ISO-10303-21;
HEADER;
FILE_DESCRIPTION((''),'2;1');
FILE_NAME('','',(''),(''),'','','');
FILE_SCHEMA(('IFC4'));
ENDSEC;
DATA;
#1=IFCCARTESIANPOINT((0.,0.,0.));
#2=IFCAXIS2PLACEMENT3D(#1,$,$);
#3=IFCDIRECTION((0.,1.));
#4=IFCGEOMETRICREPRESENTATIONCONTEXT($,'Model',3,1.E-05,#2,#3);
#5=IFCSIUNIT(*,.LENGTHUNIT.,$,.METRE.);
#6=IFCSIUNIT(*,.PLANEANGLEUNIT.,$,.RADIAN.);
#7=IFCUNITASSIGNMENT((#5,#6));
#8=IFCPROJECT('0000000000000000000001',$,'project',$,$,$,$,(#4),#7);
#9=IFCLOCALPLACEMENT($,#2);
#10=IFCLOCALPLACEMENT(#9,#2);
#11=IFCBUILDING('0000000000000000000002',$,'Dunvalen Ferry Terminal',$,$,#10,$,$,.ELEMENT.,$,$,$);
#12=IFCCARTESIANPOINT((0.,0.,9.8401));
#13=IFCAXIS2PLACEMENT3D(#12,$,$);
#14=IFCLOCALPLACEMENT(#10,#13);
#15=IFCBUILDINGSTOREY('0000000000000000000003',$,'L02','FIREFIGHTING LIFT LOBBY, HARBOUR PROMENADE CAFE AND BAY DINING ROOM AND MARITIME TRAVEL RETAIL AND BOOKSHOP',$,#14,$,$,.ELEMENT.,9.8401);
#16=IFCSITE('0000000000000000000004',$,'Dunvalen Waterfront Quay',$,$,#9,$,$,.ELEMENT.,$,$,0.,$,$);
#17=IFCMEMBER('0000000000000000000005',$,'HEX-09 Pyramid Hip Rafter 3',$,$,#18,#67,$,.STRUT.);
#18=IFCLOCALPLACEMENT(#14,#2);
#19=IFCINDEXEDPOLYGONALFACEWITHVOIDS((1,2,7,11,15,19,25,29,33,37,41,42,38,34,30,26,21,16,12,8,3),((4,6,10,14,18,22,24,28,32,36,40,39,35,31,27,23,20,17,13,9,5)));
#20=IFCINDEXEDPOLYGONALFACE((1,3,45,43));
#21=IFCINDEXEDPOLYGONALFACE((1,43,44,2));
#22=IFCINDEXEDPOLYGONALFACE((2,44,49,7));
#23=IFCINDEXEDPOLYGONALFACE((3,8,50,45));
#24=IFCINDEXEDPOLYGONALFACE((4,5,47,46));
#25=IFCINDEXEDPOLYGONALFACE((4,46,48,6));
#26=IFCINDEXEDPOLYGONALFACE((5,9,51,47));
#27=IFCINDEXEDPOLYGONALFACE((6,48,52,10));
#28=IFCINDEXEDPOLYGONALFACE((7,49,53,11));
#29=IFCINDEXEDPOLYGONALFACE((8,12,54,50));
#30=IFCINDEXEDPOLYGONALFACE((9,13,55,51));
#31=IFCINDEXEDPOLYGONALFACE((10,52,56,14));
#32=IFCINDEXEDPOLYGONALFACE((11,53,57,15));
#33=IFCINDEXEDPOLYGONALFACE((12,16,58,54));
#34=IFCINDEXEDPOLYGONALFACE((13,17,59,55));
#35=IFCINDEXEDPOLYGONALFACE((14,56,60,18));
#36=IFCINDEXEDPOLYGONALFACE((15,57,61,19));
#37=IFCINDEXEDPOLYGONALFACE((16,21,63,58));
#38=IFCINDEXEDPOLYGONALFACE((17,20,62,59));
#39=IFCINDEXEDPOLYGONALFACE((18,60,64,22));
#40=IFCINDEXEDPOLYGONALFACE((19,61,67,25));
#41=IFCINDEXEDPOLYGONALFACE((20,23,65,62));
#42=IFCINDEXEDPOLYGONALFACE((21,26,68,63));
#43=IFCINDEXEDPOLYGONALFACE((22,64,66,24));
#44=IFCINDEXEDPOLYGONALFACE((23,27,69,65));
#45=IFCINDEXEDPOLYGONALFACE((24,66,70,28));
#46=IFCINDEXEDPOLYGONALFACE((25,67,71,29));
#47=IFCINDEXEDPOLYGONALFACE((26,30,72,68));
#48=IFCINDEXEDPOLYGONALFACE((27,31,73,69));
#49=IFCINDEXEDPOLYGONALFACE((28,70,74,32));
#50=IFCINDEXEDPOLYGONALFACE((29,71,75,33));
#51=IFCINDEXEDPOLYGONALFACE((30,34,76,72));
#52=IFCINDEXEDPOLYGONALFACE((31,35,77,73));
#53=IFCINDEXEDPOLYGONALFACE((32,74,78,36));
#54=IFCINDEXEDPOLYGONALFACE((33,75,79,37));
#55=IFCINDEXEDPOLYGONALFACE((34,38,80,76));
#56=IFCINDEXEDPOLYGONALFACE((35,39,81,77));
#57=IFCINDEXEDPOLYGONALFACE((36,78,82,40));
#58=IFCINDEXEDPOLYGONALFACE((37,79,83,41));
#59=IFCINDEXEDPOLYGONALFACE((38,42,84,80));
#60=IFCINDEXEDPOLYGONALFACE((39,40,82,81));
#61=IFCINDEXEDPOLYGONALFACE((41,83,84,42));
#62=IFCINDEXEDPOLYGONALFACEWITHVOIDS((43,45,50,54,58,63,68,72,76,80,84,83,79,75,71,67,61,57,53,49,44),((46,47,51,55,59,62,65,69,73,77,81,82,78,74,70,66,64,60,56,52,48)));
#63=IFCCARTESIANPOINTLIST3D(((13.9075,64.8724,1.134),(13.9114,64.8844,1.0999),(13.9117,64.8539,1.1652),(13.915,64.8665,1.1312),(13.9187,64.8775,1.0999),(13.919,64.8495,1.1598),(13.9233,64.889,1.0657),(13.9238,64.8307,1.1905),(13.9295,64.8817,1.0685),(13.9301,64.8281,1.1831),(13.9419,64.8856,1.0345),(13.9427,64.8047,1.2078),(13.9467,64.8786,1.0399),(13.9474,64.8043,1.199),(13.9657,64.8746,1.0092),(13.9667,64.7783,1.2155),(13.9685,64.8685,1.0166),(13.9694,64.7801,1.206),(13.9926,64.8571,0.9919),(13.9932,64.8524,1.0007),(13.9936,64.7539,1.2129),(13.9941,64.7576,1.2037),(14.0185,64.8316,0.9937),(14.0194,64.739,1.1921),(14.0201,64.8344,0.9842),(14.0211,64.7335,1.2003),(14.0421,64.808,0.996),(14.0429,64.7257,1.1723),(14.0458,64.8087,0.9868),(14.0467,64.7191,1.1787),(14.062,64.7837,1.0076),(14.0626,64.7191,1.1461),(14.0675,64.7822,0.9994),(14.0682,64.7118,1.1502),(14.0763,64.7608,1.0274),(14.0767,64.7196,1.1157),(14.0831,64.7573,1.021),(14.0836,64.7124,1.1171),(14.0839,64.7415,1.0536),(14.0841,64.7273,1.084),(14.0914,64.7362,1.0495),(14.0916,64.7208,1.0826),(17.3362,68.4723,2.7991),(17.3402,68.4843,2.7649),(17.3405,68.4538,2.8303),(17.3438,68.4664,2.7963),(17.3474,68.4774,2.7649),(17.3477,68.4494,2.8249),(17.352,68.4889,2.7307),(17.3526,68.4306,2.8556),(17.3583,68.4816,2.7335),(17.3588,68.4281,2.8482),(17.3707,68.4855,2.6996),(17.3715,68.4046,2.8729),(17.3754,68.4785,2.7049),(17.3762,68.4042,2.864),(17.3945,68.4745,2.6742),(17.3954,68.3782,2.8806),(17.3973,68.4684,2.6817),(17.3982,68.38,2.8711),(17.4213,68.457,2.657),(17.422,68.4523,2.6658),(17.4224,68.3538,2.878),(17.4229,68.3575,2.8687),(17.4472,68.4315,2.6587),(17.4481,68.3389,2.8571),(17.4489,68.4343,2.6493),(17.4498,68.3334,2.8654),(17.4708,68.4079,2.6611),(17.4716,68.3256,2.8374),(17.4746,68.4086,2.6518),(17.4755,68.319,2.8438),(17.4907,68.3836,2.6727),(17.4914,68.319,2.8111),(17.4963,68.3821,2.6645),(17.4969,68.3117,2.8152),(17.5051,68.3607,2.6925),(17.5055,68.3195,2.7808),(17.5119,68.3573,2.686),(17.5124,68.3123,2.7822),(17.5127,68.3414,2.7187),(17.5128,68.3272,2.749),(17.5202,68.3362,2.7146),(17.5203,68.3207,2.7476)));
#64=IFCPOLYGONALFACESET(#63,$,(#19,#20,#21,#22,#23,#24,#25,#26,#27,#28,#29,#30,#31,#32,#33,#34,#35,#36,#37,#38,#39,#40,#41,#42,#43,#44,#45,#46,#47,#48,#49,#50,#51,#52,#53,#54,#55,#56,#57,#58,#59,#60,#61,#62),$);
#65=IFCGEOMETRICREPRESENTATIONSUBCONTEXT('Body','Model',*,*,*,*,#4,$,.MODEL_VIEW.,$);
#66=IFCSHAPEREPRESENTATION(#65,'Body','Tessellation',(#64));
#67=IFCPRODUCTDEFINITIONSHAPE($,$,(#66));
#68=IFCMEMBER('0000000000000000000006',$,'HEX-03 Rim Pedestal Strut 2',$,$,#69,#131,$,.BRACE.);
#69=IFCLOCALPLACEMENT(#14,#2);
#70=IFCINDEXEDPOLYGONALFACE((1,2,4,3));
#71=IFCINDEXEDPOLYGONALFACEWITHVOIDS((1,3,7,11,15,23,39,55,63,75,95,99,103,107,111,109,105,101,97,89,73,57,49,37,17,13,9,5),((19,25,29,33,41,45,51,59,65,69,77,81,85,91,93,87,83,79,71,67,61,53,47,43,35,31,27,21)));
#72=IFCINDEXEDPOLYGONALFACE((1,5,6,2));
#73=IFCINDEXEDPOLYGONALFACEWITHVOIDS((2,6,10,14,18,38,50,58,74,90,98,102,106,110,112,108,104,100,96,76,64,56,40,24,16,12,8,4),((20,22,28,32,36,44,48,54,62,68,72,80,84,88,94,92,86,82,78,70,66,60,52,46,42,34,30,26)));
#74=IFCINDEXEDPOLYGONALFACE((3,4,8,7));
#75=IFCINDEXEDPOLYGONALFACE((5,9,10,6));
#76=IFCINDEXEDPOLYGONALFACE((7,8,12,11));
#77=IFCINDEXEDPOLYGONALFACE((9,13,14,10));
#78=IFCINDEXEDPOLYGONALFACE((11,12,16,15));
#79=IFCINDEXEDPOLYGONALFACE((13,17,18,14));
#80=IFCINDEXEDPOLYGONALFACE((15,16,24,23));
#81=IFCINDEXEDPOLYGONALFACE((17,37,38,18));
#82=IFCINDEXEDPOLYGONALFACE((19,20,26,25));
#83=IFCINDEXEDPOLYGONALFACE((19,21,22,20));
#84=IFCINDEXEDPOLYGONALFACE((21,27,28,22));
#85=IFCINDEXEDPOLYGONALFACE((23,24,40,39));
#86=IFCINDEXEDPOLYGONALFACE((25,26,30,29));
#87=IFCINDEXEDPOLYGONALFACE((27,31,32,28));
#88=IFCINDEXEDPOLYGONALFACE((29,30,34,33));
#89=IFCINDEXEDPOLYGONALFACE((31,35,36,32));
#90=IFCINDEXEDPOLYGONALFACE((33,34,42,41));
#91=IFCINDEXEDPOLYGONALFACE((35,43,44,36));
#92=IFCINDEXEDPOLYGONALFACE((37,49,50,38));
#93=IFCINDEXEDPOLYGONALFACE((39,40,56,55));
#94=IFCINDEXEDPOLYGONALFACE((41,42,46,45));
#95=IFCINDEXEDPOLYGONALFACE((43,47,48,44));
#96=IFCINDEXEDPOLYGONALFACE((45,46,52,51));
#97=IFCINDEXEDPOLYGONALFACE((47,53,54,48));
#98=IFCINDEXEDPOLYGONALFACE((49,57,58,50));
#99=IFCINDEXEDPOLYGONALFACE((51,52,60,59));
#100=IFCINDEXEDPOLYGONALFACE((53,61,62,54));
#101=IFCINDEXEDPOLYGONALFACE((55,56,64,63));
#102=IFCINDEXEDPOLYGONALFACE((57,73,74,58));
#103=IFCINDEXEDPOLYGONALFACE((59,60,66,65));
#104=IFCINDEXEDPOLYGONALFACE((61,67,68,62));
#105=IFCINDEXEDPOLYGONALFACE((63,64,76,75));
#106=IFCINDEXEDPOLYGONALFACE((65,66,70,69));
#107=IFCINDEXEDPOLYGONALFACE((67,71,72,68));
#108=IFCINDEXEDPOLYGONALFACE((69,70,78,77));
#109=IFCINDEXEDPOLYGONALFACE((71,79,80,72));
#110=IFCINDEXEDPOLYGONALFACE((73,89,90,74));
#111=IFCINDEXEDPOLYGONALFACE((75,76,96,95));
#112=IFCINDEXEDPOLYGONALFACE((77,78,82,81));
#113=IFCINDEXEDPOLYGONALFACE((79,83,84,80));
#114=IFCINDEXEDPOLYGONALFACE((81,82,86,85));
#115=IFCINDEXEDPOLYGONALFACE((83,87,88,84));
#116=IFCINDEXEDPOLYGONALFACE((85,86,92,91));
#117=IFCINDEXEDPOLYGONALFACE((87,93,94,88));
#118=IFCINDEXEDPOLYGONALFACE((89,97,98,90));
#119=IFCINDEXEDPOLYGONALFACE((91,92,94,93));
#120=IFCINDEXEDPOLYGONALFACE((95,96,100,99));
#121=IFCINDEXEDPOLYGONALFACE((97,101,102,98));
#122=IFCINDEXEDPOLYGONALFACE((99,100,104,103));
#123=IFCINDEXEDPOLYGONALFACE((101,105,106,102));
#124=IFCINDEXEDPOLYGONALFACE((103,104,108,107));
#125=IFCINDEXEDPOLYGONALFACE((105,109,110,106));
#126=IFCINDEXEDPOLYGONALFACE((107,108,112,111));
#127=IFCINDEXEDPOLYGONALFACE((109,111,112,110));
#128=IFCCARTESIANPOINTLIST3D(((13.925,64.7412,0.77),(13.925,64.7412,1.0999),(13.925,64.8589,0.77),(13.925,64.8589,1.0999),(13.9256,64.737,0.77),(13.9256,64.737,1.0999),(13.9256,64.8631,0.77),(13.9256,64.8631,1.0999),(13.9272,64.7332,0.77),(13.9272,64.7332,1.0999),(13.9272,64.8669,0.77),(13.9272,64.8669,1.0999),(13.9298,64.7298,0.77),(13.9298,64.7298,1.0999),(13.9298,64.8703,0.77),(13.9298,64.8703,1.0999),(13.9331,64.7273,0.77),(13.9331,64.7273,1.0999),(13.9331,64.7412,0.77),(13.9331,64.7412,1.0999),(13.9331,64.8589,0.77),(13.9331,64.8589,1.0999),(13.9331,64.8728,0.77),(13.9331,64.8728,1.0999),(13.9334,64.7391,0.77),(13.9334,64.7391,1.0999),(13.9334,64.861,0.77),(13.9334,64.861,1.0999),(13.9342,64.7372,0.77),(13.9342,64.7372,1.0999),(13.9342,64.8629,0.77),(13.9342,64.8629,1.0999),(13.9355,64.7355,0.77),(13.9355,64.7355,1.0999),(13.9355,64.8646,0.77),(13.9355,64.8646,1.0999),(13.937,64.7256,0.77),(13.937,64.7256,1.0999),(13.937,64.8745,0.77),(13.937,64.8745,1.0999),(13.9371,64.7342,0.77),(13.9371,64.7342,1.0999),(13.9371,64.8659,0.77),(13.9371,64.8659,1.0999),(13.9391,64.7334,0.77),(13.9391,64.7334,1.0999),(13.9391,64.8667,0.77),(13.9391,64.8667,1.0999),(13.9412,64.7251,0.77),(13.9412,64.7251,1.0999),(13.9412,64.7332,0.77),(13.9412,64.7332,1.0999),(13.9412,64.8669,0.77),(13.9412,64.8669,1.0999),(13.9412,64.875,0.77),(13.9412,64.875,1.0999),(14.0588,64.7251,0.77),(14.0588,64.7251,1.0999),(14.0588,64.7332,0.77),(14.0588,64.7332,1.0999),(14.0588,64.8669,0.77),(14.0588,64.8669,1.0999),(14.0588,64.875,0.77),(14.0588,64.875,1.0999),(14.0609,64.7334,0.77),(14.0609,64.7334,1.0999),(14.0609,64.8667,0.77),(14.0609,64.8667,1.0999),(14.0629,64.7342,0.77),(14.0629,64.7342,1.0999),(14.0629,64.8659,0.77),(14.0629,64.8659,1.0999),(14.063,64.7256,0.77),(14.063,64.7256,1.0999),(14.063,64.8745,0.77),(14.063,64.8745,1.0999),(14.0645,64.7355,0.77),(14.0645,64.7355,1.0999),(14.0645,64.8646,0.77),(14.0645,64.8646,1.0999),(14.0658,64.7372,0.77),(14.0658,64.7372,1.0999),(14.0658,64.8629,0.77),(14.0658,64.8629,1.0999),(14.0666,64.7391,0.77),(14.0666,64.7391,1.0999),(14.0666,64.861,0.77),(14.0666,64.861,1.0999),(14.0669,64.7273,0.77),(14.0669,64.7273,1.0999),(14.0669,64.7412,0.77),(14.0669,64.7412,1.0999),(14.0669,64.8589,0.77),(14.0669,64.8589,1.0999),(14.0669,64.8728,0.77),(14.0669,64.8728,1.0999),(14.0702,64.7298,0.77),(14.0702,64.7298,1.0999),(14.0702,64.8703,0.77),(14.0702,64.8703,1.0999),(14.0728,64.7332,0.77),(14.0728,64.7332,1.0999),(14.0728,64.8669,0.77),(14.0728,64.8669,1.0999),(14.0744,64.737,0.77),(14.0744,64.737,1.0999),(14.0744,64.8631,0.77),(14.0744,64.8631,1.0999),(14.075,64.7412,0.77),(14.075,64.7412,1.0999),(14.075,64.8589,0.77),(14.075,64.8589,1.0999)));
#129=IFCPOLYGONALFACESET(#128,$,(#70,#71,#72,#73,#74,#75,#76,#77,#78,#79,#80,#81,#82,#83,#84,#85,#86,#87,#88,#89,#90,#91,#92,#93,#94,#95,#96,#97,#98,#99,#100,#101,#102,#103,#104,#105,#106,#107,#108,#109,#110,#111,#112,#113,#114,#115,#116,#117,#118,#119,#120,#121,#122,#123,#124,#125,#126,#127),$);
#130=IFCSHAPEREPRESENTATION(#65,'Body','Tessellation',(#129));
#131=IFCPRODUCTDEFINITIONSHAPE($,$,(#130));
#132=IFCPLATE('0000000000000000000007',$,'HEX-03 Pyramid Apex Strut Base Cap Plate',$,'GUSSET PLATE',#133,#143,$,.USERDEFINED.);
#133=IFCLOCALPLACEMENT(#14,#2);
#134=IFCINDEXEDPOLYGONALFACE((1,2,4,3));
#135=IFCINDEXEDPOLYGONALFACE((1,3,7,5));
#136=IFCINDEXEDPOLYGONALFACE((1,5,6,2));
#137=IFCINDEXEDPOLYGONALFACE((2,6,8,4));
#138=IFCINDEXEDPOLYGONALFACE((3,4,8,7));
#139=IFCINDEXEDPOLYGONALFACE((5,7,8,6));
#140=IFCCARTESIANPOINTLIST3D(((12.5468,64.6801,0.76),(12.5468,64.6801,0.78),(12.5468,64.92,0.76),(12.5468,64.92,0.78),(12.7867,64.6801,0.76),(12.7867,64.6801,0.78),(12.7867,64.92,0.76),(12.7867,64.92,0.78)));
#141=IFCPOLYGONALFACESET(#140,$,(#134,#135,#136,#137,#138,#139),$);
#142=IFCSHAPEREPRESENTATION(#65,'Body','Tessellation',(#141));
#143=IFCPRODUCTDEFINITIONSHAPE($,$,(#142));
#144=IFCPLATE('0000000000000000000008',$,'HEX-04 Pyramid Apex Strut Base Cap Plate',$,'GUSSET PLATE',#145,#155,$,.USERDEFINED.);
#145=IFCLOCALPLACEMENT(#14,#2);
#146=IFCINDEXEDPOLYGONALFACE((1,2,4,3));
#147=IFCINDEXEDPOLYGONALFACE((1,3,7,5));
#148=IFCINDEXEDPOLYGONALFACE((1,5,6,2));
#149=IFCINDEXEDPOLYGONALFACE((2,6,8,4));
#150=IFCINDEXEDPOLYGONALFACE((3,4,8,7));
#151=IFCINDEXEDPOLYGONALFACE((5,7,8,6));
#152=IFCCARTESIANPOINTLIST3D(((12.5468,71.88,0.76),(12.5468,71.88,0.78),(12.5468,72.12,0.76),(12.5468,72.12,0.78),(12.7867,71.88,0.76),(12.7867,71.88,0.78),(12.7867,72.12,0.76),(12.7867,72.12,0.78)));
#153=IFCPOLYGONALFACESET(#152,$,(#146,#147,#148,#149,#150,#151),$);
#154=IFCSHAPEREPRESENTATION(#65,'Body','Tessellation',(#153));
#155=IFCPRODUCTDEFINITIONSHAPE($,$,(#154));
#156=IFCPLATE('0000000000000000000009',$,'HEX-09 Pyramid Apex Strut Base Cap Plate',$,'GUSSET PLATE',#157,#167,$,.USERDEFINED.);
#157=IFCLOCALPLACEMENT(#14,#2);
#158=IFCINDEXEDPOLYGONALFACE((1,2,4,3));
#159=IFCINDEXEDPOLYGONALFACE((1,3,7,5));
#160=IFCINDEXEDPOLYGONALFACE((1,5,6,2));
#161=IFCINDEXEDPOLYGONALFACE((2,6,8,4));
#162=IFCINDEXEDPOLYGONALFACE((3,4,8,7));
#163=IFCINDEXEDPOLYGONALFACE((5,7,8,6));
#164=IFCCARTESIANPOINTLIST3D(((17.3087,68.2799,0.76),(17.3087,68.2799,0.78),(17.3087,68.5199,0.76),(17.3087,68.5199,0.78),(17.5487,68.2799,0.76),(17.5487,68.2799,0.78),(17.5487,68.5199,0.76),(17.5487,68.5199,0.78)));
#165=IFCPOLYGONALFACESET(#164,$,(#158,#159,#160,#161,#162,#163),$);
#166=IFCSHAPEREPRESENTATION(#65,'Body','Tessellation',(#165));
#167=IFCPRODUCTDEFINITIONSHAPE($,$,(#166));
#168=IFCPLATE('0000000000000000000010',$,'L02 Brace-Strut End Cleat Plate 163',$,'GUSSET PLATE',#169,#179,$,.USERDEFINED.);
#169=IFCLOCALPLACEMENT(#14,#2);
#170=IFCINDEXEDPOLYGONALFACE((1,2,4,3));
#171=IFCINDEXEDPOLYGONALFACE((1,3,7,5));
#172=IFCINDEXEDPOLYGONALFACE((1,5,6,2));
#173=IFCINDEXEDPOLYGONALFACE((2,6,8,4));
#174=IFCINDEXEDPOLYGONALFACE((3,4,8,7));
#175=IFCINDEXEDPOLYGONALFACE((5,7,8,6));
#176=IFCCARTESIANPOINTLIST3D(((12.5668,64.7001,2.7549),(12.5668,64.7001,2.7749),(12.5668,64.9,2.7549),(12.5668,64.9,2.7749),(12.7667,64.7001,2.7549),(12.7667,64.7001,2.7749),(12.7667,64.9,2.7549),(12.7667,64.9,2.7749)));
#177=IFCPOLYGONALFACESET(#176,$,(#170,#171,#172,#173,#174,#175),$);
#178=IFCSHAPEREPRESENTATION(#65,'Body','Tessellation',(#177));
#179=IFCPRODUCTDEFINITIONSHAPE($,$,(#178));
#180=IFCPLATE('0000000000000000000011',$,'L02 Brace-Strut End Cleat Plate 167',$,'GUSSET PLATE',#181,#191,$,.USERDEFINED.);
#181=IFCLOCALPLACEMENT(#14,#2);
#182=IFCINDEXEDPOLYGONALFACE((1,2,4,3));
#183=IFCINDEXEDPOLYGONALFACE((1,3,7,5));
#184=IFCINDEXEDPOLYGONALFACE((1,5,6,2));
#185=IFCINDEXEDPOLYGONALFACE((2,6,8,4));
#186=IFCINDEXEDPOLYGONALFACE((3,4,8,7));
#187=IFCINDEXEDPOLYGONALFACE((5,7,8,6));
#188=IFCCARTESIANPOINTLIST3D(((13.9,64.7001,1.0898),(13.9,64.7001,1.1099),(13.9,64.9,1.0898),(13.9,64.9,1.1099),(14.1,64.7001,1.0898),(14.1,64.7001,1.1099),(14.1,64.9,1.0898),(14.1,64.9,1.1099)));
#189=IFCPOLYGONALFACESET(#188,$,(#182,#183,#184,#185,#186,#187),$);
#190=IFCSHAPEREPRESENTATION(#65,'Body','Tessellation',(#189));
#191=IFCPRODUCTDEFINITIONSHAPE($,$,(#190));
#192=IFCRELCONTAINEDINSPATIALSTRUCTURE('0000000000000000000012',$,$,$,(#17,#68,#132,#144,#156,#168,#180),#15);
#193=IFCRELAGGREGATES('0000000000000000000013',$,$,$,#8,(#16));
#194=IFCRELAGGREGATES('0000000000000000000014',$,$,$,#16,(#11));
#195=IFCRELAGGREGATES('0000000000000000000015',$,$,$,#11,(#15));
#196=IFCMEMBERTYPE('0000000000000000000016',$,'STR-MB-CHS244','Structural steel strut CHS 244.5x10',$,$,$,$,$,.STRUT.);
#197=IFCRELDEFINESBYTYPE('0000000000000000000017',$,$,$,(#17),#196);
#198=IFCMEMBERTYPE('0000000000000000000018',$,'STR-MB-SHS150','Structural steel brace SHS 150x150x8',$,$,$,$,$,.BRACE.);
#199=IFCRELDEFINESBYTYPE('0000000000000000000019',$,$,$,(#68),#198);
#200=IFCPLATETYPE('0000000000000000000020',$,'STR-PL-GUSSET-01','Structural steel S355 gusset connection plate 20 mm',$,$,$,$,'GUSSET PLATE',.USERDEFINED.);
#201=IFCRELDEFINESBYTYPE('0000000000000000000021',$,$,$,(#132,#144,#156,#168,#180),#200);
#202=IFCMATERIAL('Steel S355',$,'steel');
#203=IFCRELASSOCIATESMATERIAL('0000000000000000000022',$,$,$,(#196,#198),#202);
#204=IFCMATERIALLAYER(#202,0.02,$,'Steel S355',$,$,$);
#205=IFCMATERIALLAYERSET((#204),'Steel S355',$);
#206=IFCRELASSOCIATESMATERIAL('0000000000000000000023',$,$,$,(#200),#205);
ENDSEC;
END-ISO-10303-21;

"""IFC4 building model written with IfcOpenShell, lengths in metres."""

from ifc_helpers import new_model, si_unit, direction, frame, origin, origin_2d, place, context, subcontext, project, spatial, rectangle, hollow_rectangle, hollow_circle, extrude, material, layer, layer_set, material_profile, profile_set, type_object, element, save


model = new_model("IFC4")

# Units and contexts
model_context = context("Model", 3, precision=1e-05, world=origin(), true_north=direction((0.0, 1.0)))
body_context = subcontext(model_context, "Body", "Model", "MODEL_VIEW")
ifc_project = project(units=[si_unit("LENGTHUNIT", "METRE"), si_unit("PLANEANGLEUNIT", "RADIAN")], contexts=[model_context])

# Site, building, storey
site_placement = place(None, origin())
site = spatial("IfcSite", under=ifc_project, at=site_placement, Name="Dunvalen Waterfront Quay", CompositionType="ELEMENT", RefElevation=0.0)
building_placement = place(site_placement, origin())
building = spatial("IfcBuilding", under=site, at=building_placement, Name="Dunvalen Ferry Terminal", CompositionType="ELEMENT")
storey_placement = place(building_placement, frame((0.0, 0.0, 9.8401)))
storey = spatial("IfcBuildingStorey", under=building, at=storey_placement, Name="L02", Description="FIREFIGHTING LIFT LOBBY, HARBOUR PROMENADE CAFE AND BAY DINING ROOM AND MARITIME TRAVEL RETAIL AND BOOKSHOP", CompositionType="ELEMENT", Elevation=9.8401)

# Shared definitions
ifc_material_1 = material(Name="Steel S355", Category="steel")

# Members
ifc_material_profile_1 = material_profile(ifc_material_1, hollow_circle(Radius=0.1223, WallThickness=0.01, at=origin_2d()), Name="Steel S355")
ifc_profile_set_1 = profile_set([ifc_material_profile_1], Name="Steel S355")
member_type_1 = type_object("IfcMemberType", Name="STR-MB-CHS244", Description="Structural steel strut CHS 244.5x10", PredefinedType="STRUT", material=ifc_profile_set_1)
for number, where, z_axis, x_axis, name in (
    (1, (14.0, 64.8, 1.0999), (0.65398, 0.686623, 0.317583), (-0.72411, 0.689685, 0.0), "HEX-09 Pyramid Hip Rafter 3"),
):
    element("IfcMember", number, at=place(storey_placement, frame(where, z_axis=z_axis, x_axis=x_axis)), inside=storey, type_object=member_type_1, Name=name, PredefinedType="STRUT", context=body_context, shape_type="SweptSolid", body=[
        extrude(hollow_circle(Radius=0.1223, WallThickness=0.01, at=origin_2d()), origin(), (0.0, 0.0, 1.0), 5.2429),
    ])
ifc_material_profile_2 = material_profile(ifc_material_1, hollow_rectangle(XDim=0.1499, YDim=0.1499, WallThickness=0.0081, InnerFilletRadius=0.0081, OuterFilletRadius=0.0161, at=origin_2d()), Name="Steel S355")
ifc_profile_set_2 = profile_set([ifc_material_profile_2], Name="Steel S355")
member_type_2 = type_object("IfcMemberType", Name="STR-MB-SHS150", Description="Structural steel brace SHS 150x150x8", PredefinedType="BRACE", material=ifc_profile_set_2)
member_1_placement = place(storey_placement, frame((14.0, 64.8, 0.77), z_axis=(0.0, 0.0, 1.0), x_axis=(1.0, 0.0, 0.0)))
element("IfcMember", 2, at=member_1_placement, inside=storey, type_object=member_type_2, Name="HEX-03 Rim Pedestal Strut 2", PredefinedType="BRACE", context=body_context, shape_type="SweptSolid", body=[
    extrude(hollow_rectangle(XDim=0.1499, YDim=0.1499, WallThickness=0.0081, InnerFilletRadius=0.0081, OuterFilletRadius=0.0161, at=origin_2d()), origin(), (0.0, 0.0, 1.0), 0.3298),
])

# Plates
ifc_layer_1 = layer(ifc_material_1, 0.02, Name="Steel S355")
ifc_layer_set_1 = layer_set([ifc_layer_1], Name="Steel S355")
plate_type_1 = type_object("IfcPlateType", Name="STR-PL-GUSSET-01", Description="Structural steel S355 gusset connection plate 20 mm", ElementType="GUSSET PLATE", PredefinedType="USERDEFINED", material=ifc_layer_set_1)
for number, where, z_axis, x_axis, name in (
    (3, (12.6667, 64.8, 0.76), (0.0, 0.0, 1.0), (1.0, 0.0, 0.0), "HEX-03 Pyramid Apex Strut Base Cap Plate"),
    (4, (12.6667, 72.0, 0.76), (0.0, 0.0, 1.0), (1.0, 0.0, 0.0), "HEX-04 Pyramid Apex Strut Base Cap Plate"),
    (5, (17.4287, 68.3999, 0.76), (0.0, 0.0, 1.0), (1.0, 0.0, 0.0), "HEX-09 Pyramid Apex Strut Base Cap Plate"),
):
    element("IfcPlate", number, at=place(storey_placement, frame(where, z_axis=z_axis, x_axis=x_axis)), inside=storey, type_object=plate_type_1, Name=name, ObjectType="GUSSET PLATE", PredefinedType="USERDEFINED", context=body_context, shape_type="SweptSolid", body=[
        extrude(rectangle(XDim=0.24, YDim=0.24, at=origin_2d()), origin(), (0.0, 0.0, 1.0), 0.02),
    ])
for number, where, z_axis, x_axis, name in (
    (6, (12.6667, 64.8, 2.7549), (0.0, 0.0, 1.0), (1.0, 0.0, 0.0), "L02 Brace-Strut End Cleat Plate 163"),
    (7, (14.0, 64.8, 1.0898), (0.0, 0.0, 1.0), (1.0, 0.0, 0.0), "L02 Brace-Strut End Cleat Plate 167"),
):
    element("IfcPlate", number, at=place(storey_placement, frame(where, z_axis=z_axis, x_axis=x_axis)), inside=storey, type_object=plate_type_1, Name=name, ObjectType="GUSSET PLATE", PredefinedType="USERDEFINED", context=body_context, shape_type="SweptSolid", body=[
        extrude(rectangle(XDim=0.2, YDim=0.2, at=origin_2d()), origin(), (0.0, 0.0, 1.0), 0.02),
    ])

save(model, "model.ifc")
